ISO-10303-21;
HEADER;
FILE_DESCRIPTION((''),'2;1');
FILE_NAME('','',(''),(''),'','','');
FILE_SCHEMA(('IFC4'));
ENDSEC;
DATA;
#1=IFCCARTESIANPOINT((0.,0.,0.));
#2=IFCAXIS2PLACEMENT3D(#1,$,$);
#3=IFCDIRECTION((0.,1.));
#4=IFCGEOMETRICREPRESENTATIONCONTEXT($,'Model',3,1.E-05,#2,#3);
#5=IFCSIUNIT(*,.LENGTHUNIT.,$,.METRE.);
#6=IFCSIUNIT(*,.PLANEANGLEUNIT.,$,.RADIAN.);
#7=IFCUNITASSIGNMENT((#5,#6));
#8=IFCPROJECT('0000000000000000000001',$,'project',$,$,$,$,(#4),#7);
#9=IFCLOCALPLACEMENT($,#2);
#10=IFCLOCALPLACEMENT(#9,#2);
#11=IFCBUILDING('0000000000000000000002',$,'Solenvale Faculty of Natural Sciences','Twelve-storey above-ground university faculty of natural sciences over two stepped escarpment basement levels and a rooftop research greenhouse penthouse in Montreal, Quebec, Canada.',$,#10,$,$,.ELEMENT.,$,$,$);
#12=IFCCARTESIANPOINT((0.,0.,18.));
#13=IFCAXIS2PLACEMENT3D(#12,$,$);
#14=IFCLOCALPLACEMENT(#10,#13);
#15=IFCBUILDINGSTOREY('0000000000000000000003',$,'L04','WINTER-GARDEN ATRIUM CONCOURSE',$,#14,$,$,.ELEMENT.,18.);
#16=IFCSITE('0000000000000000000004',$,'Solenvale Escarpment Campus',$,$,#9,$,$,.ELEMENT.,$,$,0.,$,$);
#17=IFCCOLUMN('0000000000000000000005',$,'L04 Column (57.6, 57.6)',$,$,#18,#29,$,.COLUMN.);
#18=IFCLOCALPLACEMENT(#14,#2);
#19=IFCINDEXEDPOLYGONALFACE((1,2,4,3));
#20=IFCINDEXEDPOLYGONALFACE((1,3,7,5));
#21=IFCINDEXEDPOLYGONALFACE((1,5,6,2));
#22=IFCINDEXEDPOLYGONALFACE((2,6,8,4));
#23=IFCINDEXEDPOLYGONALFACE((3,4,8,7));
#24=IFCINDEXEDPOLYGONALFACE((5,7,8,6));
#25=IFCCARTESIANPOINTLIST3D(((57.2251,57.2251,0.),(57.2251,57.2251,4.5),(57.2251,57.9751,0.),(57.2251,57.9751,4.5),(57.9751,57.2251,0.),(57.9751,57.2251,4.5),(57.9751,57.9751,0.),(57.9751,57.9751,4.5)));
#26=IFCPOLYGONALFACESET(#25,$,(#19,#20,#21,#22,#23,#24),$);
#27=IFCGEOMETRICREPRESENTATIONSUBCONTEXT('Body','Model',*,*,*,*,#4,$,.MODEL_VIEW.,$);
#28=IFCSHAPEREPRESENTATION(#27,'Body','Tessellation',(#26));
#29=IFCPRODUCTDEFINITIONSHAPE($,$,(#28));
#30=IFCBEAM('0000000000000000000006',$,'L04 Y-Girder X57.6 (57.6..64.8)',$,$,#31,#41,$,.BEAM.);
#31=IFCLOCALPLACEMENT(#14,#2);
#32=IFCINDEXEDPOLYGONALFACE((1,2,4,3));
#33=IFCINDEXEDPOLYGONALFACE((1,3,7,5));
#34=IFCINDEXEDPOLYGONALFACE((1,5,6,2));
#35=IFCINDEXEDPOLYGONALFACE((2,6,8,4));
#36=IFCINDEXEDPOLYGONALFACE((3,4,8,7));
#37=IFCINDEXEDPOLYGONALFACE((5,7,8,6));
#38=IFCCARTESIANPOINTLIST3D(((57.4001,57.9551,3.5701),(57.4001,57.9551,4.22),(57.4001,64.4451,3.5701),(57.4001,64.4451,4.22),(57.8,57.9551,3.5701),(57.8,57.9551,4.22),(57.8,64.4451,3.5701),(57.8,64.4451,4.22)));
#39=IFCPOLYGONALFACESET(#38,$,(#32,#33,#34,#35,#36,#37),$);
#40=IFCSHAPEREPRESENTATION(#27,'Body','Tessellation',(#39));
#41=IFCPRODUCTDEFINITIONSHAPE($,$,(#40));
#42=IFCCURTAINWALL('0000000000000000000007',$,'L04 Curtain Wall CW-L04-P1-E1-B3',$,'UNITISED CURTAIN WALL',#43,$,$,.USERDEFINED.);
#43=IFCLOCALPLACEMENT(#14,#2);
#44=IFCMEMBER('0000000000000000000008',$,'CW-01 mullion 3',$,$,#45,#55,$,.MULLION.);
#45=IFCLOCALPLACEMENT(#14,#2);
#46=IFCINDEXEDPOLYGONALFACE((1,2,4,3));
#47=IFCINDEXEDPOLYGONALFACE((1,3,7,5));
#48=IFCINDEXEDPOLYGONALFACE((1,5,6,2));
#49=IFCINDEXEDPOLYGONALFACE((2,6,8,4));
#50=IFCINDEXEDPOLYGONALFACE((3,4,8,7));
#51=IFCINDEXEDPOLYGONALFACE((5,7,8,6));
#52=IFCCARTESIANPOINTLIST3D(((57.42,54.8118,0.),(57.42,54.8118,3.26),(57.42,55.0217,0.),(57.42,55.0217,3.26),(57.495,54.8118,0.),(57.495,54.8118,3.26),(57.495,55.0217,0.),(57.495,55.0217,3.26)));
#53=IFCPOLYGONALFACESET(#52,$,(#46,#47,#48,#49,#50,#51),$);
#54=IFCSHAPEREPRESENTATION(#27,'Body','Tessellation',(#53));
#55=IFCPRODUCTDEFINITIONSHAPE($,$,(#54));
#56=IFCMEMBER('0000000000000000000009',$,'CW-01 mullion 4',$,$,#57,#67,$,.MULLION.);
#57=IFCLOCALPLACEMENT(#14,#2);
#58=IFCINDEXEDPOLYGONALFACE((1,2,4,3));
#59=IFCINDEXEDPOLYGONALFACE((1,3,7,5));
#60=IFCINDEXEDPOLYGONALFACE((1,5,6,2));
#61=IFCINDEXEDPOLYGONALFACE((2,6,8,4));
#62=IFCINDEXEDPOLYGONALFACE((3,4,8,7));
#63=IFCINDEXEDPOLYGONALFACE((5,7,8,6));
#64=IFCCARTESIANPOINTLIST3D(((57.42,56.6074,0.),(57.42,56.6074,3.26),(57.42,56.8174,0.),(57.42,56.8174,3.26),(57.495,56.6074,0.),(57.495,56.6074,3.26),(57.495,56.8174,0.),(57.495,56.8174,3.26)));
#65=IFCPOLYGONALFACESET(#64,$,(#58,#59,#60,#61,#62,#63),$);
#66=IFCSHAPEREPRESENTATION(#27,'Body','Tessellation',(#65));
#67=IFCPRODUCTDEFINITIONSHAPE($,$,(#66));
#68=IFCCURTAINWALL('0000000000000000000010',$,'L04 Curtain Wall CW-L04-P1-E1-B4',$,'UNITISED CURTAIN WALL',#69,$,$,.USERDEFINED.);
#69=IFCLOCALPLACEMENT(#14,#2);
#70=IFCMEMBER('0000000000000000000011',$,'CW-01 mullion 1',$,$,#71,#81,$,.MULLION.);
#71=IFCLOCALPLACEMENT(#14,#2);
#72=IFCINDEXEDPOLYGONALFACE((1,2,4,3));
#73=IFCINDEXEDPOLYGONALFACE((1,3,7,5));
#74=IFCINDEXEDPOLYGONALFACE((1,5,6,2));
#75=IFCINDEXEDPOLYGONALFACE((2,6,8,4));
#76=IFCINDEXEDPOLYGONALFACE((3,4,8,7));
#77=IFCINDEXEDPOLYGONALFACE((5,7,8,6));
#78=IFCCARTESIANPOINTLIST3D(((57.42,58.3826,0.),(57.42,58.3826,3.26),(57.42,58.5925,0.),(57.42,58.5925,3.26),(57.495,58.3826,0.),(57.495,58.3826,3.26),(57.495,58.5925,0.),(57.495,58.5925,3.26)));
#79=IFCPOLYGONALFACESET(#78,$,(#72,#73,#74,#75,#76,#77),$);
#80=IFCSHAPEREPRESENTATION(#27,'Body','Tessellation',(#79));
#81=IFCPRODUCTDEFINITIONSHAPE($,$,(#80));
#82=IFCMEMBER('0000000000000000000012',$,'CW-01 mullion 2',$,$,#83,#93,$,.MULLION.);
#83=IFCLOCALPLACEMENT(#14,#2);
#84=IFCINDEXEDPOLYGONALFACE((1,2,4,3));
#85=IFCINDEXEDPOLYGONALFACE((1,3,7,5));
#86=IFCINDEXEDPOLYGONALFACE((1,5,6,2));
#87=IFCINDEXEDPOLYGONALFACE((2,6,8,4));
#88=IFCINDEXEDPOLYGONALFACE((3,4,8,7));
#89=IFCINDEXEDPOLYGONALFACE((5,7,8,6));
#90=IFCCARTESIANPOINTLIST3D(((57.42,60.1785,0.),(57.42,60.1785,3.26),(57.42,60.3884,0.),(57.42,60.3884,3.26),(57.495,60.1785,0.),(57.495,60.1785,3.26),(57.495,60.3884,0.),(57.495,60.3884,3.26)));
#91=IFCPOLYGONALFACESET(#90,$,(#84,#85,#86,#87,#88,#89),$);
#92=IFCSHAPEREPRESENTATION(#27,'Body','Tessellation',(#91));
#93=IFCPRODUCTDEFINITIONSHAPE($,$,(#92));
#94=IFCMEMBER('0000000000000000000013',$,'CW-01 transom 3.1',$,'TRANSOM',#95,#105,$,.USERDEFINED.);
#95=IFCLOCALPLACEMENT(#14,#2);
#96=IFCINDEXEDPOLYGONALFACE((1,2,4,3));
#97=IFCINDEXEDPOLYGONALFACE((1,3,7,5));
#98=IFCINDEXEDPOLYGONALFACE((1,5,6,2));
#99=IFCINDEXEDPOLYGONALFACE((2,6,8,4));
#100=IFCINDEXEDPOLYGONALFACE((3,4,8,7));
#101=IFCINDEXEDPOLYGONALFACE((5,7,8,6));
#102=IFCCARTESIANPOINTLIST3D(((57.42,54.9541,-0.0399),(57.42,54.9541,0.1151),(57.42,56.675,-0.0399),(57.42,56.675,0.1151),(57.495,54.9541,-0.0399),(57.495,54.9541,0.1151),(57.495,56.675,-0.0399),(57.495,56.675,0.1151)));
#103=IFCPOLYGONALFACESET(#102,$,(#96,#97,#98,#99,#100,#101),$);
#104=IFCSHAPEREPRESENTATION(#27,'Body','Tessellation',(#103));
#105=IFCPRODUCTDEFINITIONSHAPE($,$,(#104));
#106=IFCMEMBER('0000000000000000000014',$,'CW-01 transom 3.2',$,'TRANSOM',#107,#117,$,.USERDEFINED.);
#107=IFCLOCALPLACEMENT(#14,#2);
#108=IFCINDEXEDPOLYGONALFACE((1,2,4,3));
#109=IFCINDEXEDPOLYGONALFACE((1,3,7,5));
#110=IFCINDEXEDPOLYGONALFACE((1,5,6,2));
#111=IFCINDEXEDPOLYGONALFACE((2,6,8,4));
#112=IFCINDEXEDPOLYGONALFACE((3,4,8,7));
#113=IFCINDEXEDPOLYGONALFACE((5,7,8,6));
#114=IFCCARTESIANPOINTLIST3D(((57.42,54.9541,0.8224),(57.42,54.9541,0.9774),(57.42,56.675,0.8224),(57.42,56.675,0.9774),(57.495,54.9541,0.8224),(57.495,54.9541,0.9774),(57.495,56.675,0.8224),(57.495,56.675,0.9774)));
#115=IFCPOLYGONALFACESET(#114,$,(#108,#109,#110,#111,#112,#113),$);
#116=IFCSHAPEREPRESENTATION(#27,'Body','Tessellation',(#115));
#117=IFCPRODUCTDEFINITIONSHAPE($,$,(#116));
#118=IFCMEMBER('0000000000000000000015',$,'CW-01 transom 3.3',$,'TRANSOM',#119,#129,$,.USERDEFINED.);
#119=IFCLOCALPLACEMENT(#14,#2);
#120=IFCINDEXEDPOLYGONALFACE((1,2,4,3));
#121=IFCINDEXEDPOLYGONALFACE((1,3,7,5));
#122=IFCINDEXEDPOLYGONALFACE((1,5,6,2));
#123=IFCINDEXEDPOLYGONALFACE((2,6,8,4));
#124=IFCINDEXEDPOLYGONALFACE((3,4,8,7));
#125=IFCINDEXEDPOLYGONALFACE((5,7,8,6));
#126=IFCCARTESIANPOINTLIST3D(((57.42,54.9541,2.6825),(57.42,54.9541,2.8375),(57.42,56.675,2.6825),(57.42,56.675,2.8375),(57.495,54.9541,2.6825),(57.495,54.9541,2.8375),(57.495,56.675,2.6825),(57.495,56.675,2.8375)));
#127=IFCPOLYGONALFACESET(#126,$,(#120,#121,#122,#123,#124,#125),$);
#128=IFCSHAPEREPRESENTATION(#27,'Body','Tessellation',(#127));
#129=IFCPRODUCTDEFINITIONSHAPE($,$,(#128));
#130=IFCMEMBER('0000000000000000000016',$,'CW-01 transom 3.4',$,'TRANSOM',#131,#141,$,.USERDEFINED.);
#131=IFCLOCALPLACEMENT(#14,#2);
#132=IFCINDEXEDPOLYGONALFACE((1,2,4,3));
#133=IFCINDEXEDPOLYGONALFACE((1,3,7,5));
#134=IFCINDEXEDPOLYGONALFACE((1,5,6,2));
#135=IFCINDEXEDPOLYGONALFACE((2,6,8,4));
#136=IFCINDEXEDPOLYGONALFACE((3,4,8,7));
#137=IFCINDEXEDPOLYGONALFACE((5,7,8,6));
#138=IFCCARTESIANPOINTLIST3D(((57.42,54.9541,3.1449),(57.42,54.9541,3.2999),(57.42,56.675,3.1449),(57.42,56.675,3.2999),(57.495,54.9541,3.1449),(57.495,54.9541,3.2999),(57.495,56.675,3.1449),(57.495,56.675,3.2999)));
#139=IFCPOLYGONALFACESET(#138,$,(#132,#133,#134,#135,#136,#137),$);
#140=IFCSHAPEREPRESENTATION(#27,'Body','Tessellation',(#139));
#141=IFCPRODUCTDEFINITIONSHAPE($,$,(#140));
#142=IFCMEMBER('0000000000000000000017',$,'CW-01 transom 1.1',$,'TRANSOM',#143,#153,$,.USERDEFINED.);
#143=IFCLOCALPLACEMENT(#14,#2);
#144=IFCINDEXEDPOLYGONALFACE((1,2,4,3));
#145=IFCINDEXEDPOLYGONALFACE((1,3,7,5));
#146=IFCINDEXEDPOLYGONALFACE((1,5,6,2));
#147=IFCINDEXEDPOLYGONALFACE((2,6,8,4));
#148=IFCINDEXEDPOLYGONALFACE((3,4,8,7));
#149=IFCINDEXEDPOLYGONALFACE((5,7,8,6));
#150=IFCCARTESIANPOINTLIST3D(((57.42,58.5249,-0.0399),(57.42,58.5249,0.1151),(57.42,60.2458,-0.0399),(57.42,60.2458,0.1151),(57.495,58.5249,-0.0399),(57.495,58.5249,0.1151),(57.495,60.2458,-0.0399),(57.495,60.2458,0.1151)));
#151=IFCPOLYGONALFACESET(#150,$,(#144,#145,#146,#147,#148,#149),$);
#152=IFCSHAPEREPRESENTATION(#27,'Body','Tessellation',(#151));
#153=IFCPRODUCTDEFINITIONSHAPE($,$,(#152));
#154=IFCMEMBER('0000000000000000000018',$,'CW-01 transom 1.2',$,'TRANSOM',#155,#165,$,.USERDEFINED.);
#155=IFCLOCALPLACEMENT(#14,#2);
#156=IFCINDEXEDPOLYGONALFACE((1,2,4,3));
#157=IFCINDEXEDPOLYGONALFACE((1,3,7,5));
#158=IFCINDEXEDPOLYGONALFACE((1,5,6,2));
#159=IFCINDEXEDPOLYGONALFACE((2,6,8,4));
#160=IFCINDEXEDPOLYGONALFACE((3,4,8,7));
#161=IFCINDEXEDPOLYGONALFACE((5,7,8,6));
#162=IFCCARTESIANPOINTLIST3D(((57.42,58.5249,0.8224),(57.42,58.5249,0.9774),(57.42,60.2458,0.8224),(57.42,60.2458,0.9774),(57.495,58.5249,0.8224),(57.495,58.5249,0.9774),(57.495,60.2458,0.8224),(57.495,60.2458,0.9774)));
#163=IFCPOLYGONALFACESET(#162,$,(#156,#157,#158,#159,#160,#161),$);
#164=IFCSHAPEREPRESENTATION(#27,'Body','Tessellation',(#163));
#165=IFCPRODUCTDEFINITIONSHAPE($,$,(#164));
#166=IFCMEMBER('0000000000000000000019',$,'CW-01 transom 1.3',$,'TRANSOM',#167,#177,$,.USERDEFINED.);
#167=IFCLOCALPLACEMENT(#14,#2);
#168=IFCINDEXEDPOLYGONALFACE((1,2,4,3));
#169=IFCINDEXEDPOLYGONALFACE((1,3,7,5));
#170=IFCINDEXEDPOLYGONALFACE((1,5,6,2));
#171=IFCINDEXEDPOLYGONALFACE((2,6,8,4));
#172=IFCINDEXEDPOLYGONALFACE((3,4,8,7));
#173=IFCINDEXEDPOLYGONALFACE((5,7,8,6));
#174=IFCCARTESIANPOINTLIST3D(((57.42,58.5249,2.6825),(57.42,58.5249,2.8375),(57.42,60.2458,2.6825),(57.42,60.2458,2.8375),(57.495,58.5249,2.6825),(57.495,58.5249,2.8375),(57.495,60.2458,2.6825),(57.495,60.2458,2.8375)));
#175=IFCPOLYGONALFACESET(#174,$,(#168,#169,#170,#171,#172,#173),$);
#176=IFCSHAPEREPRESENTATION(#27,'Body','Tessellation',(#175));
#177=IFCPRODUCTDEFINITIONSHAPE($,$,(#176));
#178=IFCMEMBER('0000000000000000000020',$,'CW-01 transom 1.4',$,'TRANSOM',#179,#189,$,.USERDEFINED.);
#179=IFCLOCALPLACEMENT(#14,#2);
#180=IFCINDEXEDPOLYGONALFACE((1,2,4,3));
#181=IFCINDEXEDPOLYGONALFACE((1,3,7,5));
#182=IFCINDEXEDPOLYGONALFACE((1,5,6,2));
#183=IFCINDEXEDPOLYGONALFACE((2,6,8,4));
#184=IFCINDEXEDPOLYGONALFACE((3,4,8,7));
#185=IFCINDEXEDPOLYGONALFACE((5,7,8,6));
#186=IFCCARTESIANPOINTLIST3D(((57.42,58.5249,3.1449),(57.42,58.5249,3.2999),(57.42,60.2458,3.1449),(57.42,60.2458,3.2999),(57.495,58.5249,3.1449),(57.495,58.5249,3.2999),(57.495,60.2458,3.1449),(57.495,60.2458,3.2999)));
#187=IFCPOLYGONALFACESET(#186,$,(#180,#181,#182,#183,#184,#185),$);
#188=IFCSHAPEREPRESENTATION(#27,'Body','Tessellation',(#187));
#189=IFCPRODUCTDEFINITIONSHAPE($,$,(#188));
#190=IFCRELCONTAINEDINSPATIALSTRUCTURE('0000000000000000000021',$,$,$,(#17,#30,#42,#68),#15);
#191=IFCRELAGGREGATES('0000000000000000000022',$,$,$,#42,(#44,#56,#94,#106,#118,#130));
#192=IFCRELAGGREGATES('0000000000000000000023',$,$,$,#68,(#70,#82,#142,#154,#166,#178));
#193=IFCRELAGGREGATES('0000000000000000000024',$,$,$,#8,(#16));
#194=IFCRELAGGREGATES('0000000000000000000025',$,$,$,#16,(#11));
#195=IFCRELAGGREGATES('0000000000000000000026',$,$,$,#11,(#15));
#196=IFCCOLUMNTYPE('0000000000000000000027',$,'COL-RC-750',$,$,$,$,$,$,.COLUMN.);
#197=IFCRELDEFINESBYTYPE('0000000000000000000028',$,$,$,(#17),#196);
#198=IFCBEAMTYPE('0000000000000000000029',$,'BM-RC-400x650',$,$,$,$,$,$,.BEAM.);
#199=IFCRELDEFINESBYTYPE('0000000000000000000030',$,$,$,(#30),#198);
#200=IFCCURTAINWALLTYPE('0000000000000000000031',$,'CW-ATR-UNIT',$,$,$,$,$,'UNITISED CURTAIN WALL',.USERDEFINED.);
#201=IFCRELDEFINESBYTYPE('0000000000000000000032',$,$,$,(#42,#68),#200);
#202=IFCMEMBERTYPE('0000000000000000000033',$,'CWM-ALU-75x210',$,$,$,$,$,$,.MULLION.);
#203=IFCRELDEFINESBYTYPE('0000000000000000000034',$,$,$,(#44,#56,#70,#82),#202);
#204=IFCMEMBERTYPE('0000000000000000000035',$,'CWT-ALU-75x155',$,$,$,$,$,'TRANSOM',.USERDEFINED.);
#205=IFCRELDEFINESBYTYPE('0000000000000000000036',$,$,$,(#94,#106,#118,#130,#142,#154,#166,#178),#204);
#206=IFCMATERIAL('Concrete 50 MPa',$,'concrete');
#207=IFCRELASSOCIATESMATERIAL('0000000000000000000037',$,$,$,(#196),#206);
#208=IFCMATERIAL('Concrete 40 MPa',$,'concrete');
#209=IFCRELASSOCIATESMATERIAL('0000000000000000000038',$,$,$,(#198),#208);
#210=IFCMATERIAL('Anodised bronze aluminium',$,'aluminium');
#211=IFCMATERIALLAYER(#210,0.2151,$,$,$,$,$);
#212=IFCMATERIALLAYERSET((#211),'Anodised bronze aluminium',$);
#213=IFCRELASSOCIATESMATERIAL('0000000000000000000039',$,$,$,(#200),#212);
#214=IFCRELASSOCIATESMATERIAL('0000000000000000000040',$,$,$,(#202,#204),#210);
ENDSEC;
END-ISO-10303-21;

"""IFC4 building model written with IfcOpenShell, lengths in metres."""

from ifc_helpers import new_model, si_unit, direction, frame, origin, origin_2d, place, context, subcontext, project, spatial, rectangle, extrude, material, layer, layer_set, material_profile, profile_set, type_object, element, aggregate, save


model = new_model("IFC4")

# Units and contexts
model_context = context("Model", 3, precision=1e-05, world=origin(), true_north=direction((0.0, 1.0)))
body_context = subcontext(model_context, "Body", "Model", "MODEL_VIEW")
ifc_project = project(units=[si_unit("LENGTHUNIT", "METRE"), si_unit("PLANEANGLEUNIT", "RADIAN")], contexts=[model_context])

# Site, building, storey
site_placement = place(None, origin())
site = spatial("IfcSite", under=ifc_project, at=site_placement, Name="Solenvale Escarpment Campus", CompositionType="ELEMENT", RefElevation=0.0)
building_placement = place(site_placement, origin())
building = spatial("IfcBuilding", under=site, at=building_placement, Name="Solenvale Faculty of Natural Sciences", Description="Twelve-storey above-ground university faculty of natural sciences over two stepped escarpment basement levels and a rooftop research greenhouse penthouse in Montreal, Quebec, Canada.", CompositionType="ELEMENT")
storey_placement = place(building_placement, frame((0.0, 0.0, 18.0)))
storey = spatial("IfcBuildingStorey", under=building, at=storey_placement, Name="L04", Description="WINTER-GARDEN ATRIUM CONCOURSE", CompositionType="ELEMENT", Elevation=18.0)

# Column
ifc_material_1 = material(Name="Concrete 50 MPa", Category="concrete")
ifc_material_profile_1 = material_profile(ifc_material_1, rectangle(XDim=0.75, YDim=0.75, at=origin_2d()), Name="RC-COL-750x750")
ifc_profile_set_1 = profile_set([ifc_material_profile_1], Name="Concrete 50 MPa")
column_type = type_object("IfcColumnType", Name="COL-RC-750", PredefinedType="COLUMN", material=ifc_profile_set_1)
column_placement = place(storey_placement, frame((57.6001, 57.6001, 0.0), z_axis=(0.0, 0.0, 1.0), x_axis=(1.0, 0.0, 0.0)))
element("IfcColumn", 1, at=column_placement, inside=storey, type_object=column_type, Name="L04 Column (57.6, 57.6)", PredefinedType="COLUMN", context=body_context, shape_type="SweptSolid", body=[
    extrude(rectangle(XDim=0.75, YDim=0.75, at=origin_2d()), origin(), (0.0, 0.0, 1.0), 4.5),
])

# Beam
ifc_material_2 = material(Name="Concrete 40 MPa", Category="concrete")
ifc_material_profile_2 = material_profile(ifc_material_2, rectangle(XDim=0.3999, YDim=0.6499, at=origin_2d()), Name="RC-BM-400x650")
ifc_profile_set_2 = profile_set([ifc_material_profile_2], Name="Concrete 40 MPa")
beam_type = type_object("IfcBeamType", Name="BM-RC-400x650", PredefinedType="BEAM", material=ifc_profile_set_2)
beam_placement = place(storey_placement, frame((57.6001, 57.9551, 3.895), z_axis=(0.0, 1.0, 0.0), x_axis=(-1.0, 0.0, 0.0)))
element("IfcBeam", 2, at=beam_placement, inside=storey, type_object=beam_type, Name="L04 Y-Girder X57.6 (57.6..64.8)", PredefinedType="BEAM", context=body_context, shape_type="SweptSolid", body=[
    extrude(rectangle(XDim=0.3999, YDim=0.6499, at=origin_2d()), origin(), (0.0, 0.0, 1.0), 6.49),
])

# Curtain walls, members
ifc_material_3 = material(Name="Anodised bronze aluminium", Category="aluminium")
ifc_layer_1 = layer(ifc_material_3, 0.2151)
ifc_layer_set_1 = layer_set([ifc_layer_1], Name="Anodised bronze aluminium")
curtain_wall_type = type_object("IfcCurtainWallType", Name="CW-ATR-UNIT", ElementType="UNITISED CURTAIN WALL", PredefinedType="USERDEFINED", material=ifc_layer_set_1)
curtain_wall_1_placement = place(storey_placement, origin())
curtain_wall_1 = element("IfcCurtainWall", 3, at=curtain_wall_1_placement, inside=storey, type_object=curtain_wall_type, Name="L04 Curtain Wall CW-L04-P1-E1-B3", ObjectType="UNITISED CURTAIN WALL", PredefinedType="USERDEFINED")
ifc_material_profile_3 = material_profile(ifc_material_3, rectangle(XDim=0.075, YDim=0.21, at=origin_2d()), Name="ALU-MUL-75x210")
ifc_profile_set_3 = profile_set([ifc_material_profile_3], Name="Anodised bronze aluminium")
member_type_1 = type_object("IfcMemberType", Name="CWM-ALU-75x210", PredefinedType="MULLION", material=ifc_profile_set_3)
member_1_placement = place(storey_placement, frame((57.4575, 54.9167, 0.0), z_axis=(0.0, 0.0, 1.0), x_axis=(-1.0, 0.0, 0.0)))
member_1 = element("IfcMember", 4, at=member_1_placement, type_object=member_type_1, Name="CW-01 mullion 3", PredefinedType="MULLION", context=body_context, shape_type="SweptSolid", body=[
    extrude(rectangle(XDim=0.075, YDim=0.21, at=origin_2d()), origin(), (0.0, 0.0, 1.0), 3.26),
])
member_2_placement = place(storey_placement, frame((57.4575, 56.7124, 0.0), z_axis=(0.0, 0.0, 1.0), x_axis=(-1.0, 0.0, 0.0)))
member_2 = element("IfcMember", 5, at=member_2_placement, type_object=member_type_1, Name="CW-01 mullion 4", PredefinedType="MULLION", context=body_context, shape_type="SweptSolid", body=[
    extrude(rectangle(XDim=0.075, YDim=0.21, at=origin_2d()), origin(), (0.0, 0.0, 1.0), 3.26),
])
curtain_wall_2_placement = place(storey_placement, origin())
curtain_wall_2 = element("IfcCurtainWall", 6, at=curtain_wall_2_placement, inside=storey, type_object=curtain_wall_type, Name="L04 Curtain Wall CW-L04-P1-E1-B4", ObjectType="UNITISED CURTAIN WALL", PredefinedType="USERDEFINED")
member_3_placement = place(storey_placement, frame((57.4575, 58.4875, 0.0), z_axis=(0.0, 0.0, 1.0), x_axis=(-1.0, 0.0, 0.0)))
member_3 = element("IfcMember", 7, at=member_3_placement, type_object=member_type_1, Name="CW-01 mullion 1", PredefinedType="MULLION", context=body_context, shape_type="SweptSolid", body=[
    extrude(rectangle(XDim=0.075, YDim=0.21, at=origin_2d()), origin(), (0.0, 0.0, 1.0), 3.26),
])
member_4_placement = place(storey_placement, frame((57.4575, 60.2834, 0.0), z_axis=(0.0, 0.0, 1.0), x_axis=(-1.0, 0.0, 0.0)))
member_4 = element("IfcMember", 8, at=member_4_placement, type_object=member_type_1, Name="CW-01 mullion 2", PredefinedType="MULLION", context=body_context, shape_type="SweptSolid", body=[
    extrude(rectangle(XDim=0.075, YDim=0.21, at=origin_2d()), origin(), (0.0, 0.0, 1.0), 3.26),
])

# Members
ifc_material_profile_4 = material_profile(ifc_material_3, rectangle(XDim=0.075, YDim=0.155, at=origin_2d()), Name="ALU-TRN-75x155")
ifc_profile_set_4 = profile_set([ifc_material_profile_4], Name="Anodised bronze aluminium")
member_type_2 = type_object("IfcMemberType", Name="CWT-ALU-75x155", ElementType="TRANSOM", PredefinedType="USERDEFINED", material=ifc_profile_set_4)
member_5_placement = place(storey_placement, frame((57.4575, 54.9541, 0.0376), z_axis=(0.0, 1.0, 0.0), x_axis=(-1.0, 0.0, 0.0)))
member_5 = element("IfcMember", 9, at=member_5_placement, type_object=member_type_2, Name="CW-01 transom 3.1", ObjectType="TRANSOM", PredefinedType="USERDEFINED", context=body_context, shape_type="SweptSolid", body=[
    extrude(rectangle(XDim=0.075, YDim=0.155, at=origin_2d()), origin(), (0.0, 0.0, 1.0), 1.7209),
])
member_6_placement = place(storey_placement, frame((57.4575, 54.9541, 0.8999), z_axis=(0.0, 1.0, 0.0), x_axis=(-1.0, 0.0, 0.0)))
member_6 = element("IfcMember", 10, at=member_6_placement, type_object=member_type_2, Name="CW-01 transom 3.2", ObjectType="TRANSOM", PredefinedType="USERDEFINED", context=body_context, shape_type="SweptSolid", body=[
    extrude(rectangle(XDim=0.075, YDim=0.155, at=origin_2d()), origin(), (0.0, 0.0, 1.0), 1.7209),
])
member_7_placement = place(storey_placement, frame((57.4575, 54.9541, 2.76), z_axis=(0.0, 1.0, 0.0), x_axis=(-1.0, 0.0, 0.0)))
member_7 = element("IfcMember", 11, at=member_7_placement, type_object=member_type_2, Name="CW-01 transom 3.3", ObjectType="TRANSOM", PredefinedType="USERDEFINED", context=body_context, shape_type="SweptSolid", body=[
    extrude(rectangle(XDim=0.075, YDim=0.155, at=origin_2d()), origin(), (0.0, 0.0, 1.0), 1.7209),
])
member_8_placement = place(storey_placement, frame((57.4575, 54.9541, 3.2224), z_axis=(0.0, 1.0, 0.0), x_axis=(-1.0, 0.0, 0.0)))
member_8 = element("IfcMember", 12, at=member_8_placement, type_object=member_type_2, Name="CW-01 transom 3.4", ObjectType="TRANSOM", PredefinedType="USERDEFINED", context=body_context, shape_type="SweptSolid", body=[
    extrude(rectangle(XDim=0.075, YDim=0.155, at=origin_2d()), origin(), (0.0, 0.0, 1.0), 1.7209),
])
member_9_placement = place(storey_placement, frame((57.4575, 58.5249, 0.0376), z_axis=(0.0, 1.0, 0.0), x_axis=(-1.0, 0.0, 0.0)))
member_9 = element("IfcMember", 13, at=member_9_placement, type_object=member_type_2, Name="CW-01 transom 1.1", ObjectType="TRANSOM", PredefinedType="USERDEFINED", context=body_context, shape_type="SweptSolid", body=[
    extrude(rectangle(XDim=0.075, YDim=0.155, at=origin_2d()), origin(), (0.0, 0.0, 1.0), 1.7209),
])
member_10_placement = place(storey_placement, frame((57.4575, 58.5249, 0.8999), z_axis=(0.0, 1.0, 0.0), x_axis=(-1.0, 0.0, 0.0)))
member_10 = element("IfcMember", 14, at=member_10_placement, type_object=member_type_2, Name="CW-01 transom 1.2", ObjectType="TRANSOM", PredefinedType="USERDEFINED", context=body_context, shape_type="SweptSolid", body=[
    extrude(rectangle(XDim=0.075, YDim=0.155, at=origin_2d()), origin(), (0.0, 0.0, 1.0), 1.7209),
])
member_11_placement = place(storey_placement, frame((57.4575, 58.5249, 2.76), z_axis=(0.0, 1.0, 0.0), x_axis=(-1.0, 0.0, 0.0)))
member_11 = element("IfcMember", 15, at=member_11_placement, type_object=member_type_2, Name="CW-01 transom 1.3", ObjectType="TRANSOM", PredefinedType="USERDEFINED", context=body_context, shape_type="SweptSolid", body=[
    extrude(rectangle(XDim=0.075, YDim=0.155, at=origin_2d()), origin(), (0.0, 0.0, 1.0), 1.7209),
])
member_12_placement = place(storey_placement, frame((57.4575, 58.5249, 3.2224), z_axis=(0.0, 1.0, 0.0), x_axis=(-1.0, 0.0, 0.0)))
member_12 = element("IfcMember", 16, at=member_12_placement, type_object=member_type_2, Name="CW-01 transom 1.4", ObjectType="TRANSOM", PredefinedType="USERDEFINED", context=body_context, shape_type="SweptSolid", body=[
    extrude(rectangle(XDim=0.075, YDim=0.155, at=origin_2d()), origin(), (0.0, 0.0, 1.0), 1.7209),
])

aggregate(curtain_wall_1, [member_1, member_2, member_5, member_6, member_7, member_8])
aggregate(curtain_wall_2, [member_3, member_4, member_9, member_10, member_11, member_12])

save(model, "model.ifc")
